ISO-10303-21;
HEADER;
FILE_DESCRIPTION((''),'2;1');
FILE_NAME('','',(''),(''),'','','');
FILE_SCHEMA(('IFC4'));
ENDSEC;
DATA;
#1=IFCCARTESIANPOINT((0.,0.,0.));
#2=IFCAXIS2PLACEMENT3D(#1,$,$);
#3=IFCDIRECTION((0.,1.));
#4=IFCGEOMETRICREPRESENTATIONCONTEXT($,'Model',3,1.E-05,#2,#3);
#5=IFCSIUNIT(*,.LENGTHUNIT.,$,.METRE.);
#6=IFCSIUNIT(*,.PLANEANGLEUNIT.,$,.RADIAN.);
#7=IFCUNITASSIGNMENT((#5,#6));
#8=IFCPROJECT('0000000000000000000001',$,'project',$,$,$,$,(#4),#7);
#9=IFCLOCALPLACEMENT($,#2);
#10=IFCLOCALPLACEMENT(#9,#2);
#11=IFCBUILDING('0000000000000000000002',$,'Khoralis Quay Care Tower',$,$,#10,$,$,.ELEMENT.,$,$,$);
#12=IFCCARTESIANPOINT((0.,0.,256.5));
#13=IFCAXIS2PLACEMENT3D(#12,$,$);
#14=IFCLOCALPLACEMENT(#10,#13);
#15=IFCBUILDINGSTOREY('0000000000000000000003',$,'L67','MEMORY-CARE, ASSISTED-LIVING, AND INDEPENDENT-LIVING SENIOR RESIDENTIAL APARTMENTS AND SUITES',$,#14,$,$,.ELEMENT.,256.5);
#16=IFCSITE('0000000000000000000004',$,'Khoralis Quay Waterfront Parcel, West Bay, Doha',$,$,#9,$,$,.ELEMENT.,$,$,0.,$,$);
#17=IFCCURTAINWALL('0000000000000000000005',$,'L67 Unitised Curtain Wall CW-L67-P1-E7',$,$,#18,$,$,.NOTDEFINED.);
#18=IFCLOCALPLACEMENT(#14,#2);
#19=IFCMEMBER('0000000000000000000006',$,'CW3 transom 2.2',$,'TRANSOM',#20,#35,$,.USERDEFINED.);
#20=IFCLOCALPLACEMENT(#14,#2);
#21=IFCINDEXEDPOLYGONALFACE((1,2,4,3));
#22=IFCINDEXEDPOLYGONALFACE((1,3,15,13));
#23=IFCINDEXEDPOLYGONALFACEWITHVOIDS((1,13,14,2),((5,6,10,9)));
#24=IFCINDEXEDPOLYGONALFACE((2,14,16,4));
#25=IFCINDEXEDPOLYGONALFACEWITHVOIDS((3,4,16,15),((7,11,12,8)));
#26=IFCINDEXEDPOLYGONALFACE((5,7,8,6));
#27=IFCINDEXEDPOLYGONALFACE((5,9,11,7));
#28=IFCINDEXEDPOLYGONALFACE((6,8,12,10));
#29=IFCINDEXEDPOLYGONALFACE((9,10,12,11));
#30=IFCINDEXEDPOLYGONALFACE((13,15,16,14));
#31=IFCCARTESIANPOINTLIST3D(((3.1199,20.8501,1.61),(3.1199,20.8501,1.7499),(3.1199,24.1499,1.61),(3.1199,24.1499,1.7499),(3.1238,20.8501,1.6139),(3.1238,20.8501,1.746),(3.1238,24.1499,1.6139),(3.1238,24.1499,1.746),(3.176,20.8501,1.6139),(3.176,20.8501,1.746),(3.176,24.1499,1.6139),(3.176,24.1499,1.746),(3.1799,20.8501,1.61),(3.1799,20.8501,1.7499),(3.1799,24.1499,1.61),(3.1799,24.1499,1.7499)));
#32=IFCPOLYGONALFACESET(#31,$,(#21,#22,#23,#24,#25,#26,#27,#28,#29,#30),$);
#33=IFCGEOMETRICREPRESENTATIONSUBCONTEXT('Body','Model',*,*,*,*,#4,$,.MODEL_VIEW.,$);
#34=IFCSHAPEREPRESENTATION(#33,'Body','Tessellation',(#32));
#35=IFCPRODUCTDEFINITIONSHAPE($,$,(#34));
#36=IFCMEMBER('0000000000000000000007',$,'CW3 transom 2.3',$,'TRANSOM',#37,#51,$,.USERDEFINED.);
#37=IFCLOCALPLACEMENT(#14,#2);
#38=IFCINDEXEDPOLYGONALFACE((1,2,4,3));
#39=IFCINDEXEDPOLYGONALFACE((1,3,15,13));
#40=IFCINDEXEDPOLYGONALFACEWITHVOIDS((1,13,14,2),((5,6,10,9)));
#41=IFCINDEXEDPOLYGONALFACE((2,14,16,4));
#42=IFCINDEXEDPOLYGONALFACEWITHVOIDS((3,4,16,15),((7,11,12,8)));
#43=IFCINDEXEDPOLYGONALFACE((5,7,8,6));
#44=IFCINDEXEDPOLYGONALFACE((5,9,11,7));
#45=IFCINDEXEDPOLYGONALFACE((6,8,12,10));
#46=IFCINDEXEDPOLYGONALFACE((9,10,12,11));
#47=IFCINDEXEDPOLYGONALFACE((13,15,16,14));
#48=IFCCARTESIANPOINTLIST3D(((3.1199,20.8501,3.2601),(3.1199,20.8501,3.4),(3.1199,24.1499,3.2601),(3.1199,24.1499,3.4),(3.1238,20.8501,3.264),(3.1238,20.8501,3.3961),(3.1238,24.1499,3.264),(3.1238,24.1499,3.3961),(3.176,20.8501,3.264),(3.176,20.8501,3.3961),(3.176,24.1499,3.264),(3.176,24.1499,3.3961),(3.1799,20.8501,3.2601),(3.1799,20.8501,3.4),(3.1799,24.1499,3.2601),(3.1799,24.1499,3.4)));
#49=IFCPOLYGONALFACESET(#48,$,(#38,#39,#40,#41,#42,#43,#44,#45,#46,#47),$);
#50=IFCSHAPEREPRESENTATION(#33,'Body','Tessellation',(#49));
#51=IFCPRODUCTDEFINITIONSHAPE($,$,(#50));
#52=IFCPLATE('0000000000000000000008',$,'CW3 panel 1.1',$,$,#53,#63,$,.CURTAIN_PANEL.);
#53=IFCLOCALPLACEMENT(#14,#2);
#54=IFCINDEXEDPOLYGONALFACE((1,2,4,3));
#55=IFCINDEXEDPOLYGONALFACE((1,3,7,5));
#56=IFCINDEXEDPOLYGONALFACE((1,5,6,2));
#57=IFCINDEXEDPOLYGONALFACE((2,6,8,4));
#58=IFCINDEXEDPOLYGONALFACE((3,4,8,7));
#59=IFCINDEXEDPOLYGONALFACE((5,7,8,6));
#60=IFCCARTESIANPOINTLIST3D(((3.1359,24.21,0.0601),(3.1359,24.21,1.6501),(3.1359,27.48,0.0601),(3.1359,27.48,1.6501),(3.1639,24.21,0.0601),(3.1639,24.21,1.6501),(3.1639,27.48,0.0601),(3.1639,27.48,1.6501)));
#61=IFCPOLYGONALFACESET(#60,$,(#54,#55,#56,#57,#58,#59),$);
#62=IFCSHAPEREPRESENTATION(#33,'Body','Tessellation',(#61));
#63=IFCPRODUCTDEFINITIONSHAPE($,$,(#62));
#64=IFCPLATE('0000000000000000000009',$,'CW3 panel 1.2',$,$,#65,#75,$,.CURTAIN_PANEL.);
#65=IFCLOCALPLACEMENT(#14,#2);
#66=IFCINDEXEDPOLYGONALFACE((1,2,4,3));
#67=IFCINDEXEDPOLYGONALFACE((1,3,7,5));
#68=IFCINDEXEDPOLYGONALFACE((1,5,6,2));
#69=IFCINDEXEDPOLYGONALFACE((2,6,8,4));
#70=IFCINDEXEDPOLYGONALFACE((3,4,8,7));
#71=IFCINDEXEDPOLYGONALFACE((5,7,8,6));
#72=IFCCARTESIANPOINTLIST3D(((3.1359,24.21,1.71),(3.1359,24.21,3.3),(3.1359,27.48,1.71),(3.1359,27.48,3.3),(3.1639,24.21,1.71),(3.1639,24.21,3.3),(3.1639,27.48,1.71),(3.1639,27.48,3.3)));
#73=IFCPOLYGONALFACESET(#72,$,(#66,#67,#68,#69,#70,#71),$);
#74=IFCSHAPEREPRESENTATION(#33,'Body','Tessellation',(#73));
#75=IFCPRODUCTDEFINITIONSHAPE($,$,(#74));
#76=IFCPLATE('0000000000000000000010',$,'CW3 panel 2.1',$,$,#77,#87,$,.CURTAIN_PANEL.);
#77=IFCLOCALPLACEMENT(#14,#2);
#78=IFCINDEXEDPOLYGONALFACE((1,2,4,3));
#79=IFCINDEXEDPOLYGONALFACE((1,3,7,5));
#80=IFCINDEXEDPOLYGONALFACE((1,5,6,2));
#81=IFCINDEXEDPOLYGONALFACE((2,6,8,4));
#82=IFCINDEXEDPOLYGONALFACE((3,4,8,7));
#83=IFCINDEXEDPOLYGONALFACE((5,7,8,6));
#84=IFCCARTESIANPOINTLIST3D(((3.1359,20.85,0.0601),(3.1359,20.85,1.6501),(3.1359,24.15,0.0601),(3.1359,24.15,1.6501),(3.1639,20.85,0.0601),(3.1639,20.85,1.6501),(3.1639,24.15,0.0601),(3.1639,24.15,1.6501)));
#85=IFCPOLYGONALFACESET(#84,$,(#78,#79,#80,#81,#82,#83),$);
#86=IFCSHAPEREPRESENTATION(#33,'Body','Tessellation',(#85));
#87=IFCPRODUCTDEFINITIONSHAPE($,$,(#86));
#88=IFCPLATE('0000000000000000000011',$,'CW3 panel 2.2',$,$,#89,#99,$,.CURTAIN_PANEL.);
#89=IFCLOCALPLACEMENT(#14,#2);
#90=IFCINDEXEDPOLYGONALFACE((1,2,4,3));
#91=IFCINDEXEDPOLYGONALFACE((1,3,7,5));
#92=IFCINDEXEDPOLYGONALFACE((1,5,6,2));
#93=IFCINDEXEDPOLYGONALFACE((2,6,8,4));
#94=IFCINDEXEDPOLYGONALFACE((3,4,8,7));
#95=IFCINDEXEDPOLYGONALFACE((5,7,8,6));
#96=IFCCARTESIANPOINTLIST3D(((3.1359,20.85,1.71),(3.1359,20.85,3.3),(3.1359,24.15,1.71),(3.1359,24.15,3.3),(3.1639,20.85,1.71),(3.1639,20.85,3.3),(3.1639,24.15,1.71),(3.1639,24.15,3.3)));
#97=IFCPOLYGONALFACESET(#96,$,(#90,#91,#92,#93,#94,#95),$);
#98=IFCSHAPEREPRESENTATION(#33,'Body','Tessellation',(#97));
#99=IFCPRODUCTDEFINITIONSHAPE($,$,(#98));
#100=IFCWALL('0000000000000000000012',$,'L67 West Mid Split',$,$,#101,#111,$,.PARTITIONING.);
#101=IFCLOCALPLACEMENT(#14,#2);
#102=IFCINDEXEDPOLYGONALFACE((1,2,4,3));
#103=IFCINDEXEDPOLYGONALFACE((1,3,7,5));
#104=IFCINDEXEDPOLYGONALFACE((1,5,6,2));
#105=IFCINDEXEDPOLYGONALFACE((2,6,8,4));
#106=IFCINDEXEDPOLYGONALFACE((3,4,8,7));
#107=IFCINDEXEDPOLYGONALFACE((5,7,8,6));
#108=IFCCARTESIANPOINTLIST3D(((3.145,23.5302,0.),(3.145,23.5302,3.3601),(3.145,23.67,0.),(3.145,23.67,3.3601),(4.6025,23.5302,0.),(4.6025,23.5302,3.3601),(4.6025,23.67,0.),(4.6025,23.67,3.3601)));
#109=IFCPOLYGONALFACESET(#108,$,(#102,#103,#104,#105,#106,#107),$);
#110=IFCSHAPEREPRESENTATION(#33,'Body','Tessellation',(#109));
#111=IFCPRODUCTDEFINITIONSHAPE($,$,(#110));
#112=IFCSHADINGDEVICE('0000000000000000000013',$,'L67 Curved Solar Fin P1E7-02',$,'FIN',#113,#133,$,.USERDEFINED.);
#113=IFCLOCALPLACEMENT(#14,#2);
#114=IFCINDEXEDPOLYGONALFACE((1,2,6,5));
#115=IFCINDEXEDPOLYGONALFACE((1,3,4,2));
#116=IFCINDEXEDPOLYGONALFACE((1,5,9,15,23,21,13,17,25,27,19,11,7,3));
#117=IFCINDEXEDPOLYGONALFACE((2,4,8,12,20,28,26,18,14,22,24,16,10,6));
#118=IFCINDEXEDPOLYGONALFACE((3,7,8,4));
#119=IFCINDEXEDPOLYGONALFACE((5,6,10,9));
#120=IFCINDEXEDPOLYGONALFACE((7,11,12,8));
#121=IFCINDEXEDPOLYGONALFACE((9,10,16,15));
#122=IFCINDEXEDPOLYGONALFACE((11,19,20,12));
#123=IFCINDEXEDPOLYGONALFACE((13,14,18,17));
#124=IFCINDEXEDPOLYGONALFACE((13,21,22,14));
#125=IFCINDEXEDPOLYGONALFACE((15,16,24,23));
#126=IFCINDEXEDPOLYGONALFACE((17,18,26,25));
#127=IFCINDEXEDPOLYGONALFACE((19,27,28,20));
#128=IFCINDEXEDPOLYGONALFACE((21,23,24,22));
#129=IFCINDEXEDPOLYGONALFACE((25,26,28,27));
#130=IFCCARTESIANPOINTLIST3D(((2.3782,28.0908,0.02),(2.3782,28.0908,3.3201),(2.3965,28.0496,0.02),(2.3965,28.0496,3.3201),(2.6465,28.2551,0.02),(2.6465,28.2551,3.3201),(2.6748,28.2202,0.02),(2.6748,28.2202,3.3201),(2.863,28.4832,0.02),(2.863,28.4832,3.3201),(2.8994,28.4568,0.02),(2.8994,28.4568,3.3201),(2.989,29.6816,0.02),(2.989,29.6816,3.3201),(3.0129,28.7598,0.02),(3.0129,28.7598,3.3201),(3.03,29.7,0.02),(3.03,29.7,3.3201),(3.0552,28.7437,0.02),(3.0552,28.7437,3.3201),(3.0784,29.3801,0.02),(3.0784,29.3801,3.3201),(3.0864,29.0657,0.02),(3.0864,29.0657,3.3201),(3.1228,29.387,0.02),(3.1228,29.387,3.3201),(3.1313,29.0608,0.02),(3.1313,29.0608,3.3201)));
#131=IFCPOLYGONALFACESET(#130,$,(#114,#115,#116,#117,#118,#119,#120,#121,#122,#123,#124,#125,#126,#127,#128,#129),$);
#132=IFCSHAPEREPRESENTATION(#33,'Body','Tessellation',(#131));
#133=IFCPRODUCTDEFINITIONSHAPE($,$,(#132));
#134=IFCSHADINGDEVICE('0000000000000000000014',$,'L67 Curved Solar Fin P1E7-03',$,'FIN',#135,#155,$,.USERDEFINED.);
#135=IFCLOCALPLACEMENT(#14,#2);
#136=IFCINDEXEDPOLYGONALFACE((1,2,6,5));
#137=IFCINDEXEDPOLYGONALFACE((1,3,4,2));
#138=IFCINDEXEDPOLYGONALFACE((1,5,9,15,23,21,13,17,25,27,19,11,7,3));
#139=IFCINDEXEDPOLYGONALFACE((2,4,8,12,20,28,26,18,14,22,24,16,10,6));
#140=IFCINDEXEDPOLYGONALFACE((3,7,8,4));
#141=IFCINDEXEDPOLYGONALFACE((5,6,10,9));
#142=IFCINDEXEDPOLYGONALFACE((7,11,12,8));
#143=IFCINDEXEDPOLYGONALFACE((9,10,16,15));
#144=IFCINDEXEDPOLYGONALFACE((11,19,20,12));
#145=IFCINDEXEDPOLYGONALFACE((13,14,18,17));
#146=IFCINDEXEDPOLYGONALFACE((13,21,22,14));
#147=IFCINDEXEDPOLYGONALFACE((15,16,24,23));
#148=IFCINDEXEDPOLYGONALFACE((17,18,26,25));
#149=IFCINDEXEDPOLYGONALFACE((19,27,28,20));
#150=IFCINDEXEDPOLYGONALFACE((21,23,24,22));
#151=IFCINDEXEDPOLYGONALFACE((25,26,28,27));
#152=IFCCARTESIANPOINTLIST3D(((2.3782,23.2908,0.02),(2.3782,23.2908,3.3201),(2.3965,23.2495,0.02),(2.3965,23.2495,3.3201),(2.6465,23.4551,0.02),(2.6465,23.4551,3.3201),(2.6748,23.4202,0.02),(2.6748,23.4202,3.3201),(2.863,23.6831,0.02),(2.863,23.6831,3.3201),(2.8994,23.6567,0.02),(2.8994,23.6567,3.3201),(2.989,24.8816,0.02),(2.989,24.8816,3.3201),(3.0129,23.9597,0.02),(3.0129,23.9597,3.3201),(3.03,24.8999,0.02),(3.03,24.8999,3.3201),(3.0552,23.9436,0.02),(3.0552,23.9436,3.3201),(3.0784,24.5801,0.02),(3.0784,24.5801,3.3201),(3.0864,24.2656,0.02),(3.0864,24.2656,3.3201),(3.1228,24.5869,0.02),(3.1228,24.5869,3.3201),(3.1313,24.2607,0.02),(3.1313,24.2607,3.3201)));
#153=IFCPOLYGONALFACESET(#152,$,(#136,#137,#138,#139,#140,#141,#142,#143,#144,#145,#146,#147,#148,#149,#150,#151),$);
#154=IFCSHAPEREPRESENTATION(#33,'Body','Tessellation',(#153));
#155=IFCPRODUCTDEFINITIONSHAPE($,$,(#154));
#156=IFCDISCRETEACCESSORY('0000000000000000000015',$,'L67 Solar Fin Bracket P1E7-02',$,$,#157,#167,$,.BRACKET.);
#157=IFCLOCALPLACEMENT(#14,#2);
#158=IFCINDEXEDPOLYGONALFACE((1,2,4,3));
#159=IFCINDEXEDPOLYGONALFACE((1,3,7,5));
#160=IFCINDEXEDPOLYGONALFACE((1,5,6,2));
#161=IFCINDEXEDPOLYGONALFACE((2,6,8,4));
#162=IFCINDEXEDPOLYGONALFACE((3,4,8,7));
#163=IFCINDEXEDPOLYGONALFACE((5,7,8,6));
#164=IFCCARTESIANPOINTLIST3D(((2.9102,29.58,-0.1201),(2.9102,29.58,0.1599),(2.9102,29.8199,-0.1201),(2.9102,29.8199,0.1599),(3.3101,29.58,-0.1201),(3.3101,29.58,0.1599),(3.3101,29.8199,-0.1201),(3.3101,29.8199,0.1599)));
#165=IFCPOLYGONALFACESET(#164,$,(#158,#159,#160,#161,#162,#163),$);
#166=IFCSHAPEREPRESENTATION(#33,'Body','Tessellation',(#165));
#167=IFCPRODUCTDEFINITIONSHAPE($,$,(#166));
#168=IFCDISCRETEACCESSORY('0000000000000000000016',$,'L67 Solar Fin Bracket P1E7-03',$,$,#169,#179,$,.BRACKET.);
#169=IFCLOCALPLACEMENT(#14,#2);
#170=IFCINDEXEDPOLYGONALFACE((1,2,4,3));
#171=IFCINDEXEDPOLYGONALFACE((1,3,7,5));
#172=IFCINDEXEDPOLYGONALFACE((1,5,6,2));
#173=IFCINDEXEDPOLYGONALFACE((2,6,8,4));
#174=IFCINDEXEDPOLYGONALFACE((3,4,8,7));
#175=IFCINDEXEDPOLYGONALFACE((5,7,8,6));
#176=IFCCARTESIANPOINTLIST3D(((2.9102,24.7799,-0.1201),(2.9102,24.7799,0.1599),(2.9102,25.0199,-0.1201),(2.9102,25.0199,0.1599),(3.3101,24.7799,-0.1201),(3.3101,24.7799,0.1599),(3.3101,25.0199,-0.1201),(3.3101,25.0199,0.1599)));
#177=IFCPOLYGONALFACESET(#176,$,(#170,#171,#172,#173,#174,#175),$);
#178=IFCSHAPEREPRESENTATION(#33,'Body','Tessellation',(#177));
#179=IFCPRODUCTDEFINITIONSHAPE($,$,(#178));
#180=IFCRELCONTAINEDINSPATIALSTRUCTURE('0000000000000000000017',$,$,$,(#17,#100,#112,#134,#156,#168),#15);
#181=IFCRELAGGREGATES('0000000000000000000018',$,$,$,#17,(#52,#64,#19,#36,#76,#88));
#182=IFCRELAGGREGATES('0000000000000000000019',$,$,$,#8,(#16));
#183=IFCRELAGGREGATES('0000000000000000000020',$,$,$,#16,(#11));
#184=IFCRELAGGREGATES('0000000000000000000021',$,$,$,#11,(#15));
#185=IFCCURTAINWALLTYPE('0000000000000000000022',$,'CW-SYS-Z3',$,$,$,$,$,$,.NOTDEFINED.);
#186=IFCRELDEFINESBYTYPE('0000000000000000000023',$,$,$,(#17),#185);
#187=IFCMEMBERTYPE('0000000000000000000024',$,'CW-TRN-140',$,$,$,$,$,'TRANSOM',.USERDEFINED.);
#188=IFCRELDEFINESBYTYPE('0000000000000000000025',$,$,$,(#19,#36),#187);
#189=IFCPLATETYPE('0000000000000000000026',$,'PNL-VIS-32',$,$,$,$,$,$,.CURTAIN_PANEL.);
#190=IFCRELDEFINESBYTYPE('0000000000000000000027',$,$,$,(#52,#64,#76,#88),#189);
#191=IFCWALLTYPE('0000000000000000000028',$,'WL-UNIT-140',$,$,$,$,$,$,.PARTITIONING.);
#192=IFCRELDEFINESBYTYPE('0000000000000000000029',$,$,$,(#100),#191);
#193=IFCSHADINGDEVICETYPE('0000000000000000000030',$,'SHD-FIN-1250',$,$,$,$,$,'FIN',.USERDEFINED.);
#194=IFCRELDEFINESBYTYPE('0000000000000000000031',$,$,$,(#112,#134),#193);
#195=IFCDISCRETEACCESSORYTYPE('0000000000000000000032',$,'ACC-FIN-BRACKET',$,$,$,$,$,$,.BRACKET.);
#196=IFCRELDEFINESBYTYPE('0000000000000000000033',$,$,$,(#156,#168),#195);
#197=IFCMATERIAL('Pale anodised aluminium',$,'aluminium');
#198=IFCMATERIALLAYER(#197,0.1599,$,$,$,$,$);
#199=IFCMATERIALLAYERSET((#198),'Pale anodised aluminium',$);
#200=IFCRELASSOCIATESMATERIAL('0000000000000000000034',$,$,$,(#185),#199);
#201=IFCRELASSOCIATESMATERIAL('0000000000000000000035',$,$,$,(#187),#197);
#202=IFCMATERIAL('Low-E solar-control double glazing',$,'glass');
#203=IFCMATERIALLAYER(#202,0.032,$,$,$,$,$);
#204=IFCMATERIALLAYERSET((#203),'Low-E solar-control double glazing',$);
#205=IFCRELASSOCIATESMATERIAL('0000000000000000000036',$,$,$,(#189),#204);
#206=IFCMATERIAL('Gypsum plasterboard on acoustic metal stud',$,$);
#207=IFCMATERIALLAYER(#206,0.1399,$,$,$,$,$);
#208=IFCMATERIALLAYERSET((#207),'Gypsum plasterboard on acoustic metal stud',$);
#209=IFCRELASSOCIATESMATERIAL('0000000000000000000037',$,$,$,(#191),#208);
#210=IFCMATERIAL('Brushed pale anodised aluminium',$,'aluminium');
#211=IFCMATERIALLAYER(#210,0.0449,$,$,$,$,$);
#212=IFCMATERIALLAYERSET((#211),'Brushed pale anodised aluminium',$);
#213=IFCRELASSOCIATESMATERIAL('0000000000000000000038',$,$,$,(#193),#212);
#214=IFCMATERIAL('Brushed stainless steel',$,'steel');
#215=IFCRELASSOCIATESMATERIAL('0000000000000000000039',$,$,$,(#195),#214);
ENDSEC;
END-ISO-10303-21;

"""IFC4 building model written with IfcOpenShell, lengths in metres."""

from ifc_helpers import new_model, si_unit, direction, frame, frame_2d, origin, origin_2d, place, context, subcontext, project, spatial, polyline, rectangle, hollow_rectangle, outline, extrude, source, transform, mapped, material, layer, layer_set, material_profile, profile_set, type_object, element, aggregate, save


model = new_model("IFC4")

# Units and contexts
model_context = context("Model", 3, precision=1e-05, world=origin(), true_north=direction((0.0, 1.0)))
body_context = subcontext(model_context, "Body", "Model", "MODEL_VIEW")
ifc_project = project(units=[si_unit("LENGTHUNIT", "METRE"), si_unit("PLANEANGLEUNIT", "RADIAN")], contexts=[model_context])

# Site, building, storey
site_placement = place(None, origin())
site = spatial("IfcSite", under=ifc_project, at=site_placement, Name="Khoralis Quay Waterfront Parcel, West Bay, Doha", CompositionType="ELEMENT", RefElevation=0.0)
building_placement = place(site_placement, origin())
building = spatial("IfcBuilding", under=site, at=building_placement, Name="Khoralis Quay Care Tower", CompositionType="ELEMENT")
storey_placement = place(building_placement, frame((0.0, 0.0, 256.5)))
storey = spatial("IfcBuildingStorey", under=building, at=storey_placement, Name="L67", Description="MEMORY-CARE, ASSISTED-LIVING, AND INDEPENDENT-LIVING SENIOR RESIDENTIAL APARTMENTS AND SUITES", CompositionType="ELEMENT", Elevation=256.5)

# Curtain wall, members, plates
ifc_material_1 = material(Name="Pale anodised aluminium", Category="aluminium")
ifc_layer_1 = layer(ifc_material_1, 0.1599)
ifc_layer_set_1 = layer_set([ifc_layer_1], Name="Pale anodised aluminium")
curtain_wall_type = type_object("IfcCurtainWallType", Name="CW-SYS-Z3", PredefinedType="NOTDEFINED", material=ifc_layer_set_1)
curtain_wall_placement = place(storey_placement, origin())
curtain_wall = element("IfcCurtainWall", 1, at=curtain_wall_placement, inside=storey, type_object=curtain_wall_type, Name="L67 Unitised Curtain Wall CW-L67-P1-E7", PredefinedType="NOTDEFINED")
ifc_material_profile_1 = material_profile(ifc_material_1, hollow_rectangle(XDim=0.0601, YDim=0.1399, WallThickness=0.0039, at=origin_2d()), Name="Pale anodised aluminium")
ifc_profile_set_1 = profile_set([ifc_material_profile_1], Name="Pale anodised aluminium")
member_type_1 = type_object("IfcMemberType", Name="CW-TRN-140", ElementType="TRANSOM", PredefinedType="USERDEFINED", material=ifc_profile_set_1)
shared_shape_1 = source(origin(), body_context, "Body", "SweptSolid", [
    extrude(hollow_rectangle(XDim=0.0601, YDim=0.1399, WallThickness=0.0039, at=origin_2d()), origin(), (0.0, 0.0, 1.0), 3.2998),
])
member_1_placement = place(storey_placement, frame((3.1499, 24.1499, 1.6799), z_axis=(0.0, -1.0, 0.0), x_axis=(1.0, 0.0, 0.0)))
member_1 = element("IfcMember", 2, at=member_1_placement, type_object=member_type_1, Name="CW3 transom 2.2", ObjectType="TRANSOM", PredefinedType="USERDEFINED", context=body_context, shape_type="MappedRepresentation", body=[
    mapped(shared_shape_1, transform((0.0, 0.0, 0.0), scale=1.0)),
])
member_2_placement = place(storey_placement, frame((3.1499, 24.1499, 3.3301), z_axis=(0.0, -1.0, 0.0), x_axis=(1.0, 0.0, 0.0)))
member_2 = element("IfcMember", 3, at=member_2_placement, type_object=member_type_1, Name="CW3 transom 2.3", ObjectType="TRANSOM", PredefinedType="USERDEFINED", context=body_context, shape_type="MappedRepresentation", body=[
    mapped(shared_shape_1, transform((0.0, 0.0, 0.0), scale=1.0)),
])
ifc_material_2 = material(Name="Low-E solar-control double glazing", Category="glass")
ifc_layer_2 = layer(ifc_material_2, 0.032)
ifc_layer_set_2 = layer_set([ifc_layer_2], Name="Low-E solar-control double glazing")
plate_type = type_object("IfcPlateType", Name="PNL-VIS-32", PredefinedType="CURTAIN_PANEL", material=ifc_layer_set_2)
shared_shape_2 = source(origin(), body_context, "Body", "SweptSolid", [
    extrude(rectangle(XDim=3.27, YDim=0.0281, at=origin_2d()), origin(), (0.0, 0.0, 1.0), 1.5901),
])
plate_1_placement = place(storey_placement, frame((3.1499, 25.845, 0.0601), z_axis=(0.0, 0.0, 1.0), x_axis=(0.0, -1.0, 0.0)))
plate_1 = element("IfcPlate", 4, at=plate_1_placement, type_object=plate_type, Name="CW3 panel 1.1", PredefinedType="CURTAIN_PANEL", context=body_context, shape_type="MappedRepresentation", body=[
    mapped(shared_shape_2, transform((0.0, 0.0, 0.0), scale=1.0)),
])
plate_2_placement = place(storey_placement, frame((3.1499, 25.845, 1.71), z_axis=(0.0, 0.0, 1.0), x_axis=(0.0, -1.0, 0.0)))
plate_2 = element("IfcPlate", 5, at=plate_2_placement, type_object=plate_type, Name="CW3 panel 1.2", PredefinedType="CURTAIN_PANEL", context=body_context, shape_type="MappedRepresentation", body=[
    mapped(shared_shape_2, transform((0.0, 0.0, 0.0), scale=1.0)),
])
shared_shape_3 = source(origin(), body_context, "Body", "SweptSolid", [
    extrude(rectangle(XDim=3.3, YDim=0.0281, at=origin_2d()), origin(), (0.0, 0.0, 1.0), 1.5901),
])
plate_3_placement = place(storey_placement, frame((3.1499, 22.5, 0.0601), z_axis=(0.0, 0.0, 1.0), x_axis=(0.0, -1.0, 0.0)))
plate_3 = element("IfcPlate", 6, at=plate_3_placement, type_object=plate_type, Name="CW3 panel 2.1", PredefinedType="CURTAIN_PANEL", context=body_context, shape_type="MappedRepresentation", body=[
    mapped(shared_shape_3, transform((0.0, 0.0, 0.0), scale=1.0)),
])
plate_4_placement = place(storey_placement, frame((3.1499, 22.5, 1.71), z_axis=(0.0, 0.0, 1.0), x_axis=(0.0, -1.0, 0.0)))
plate_4 = element("IfcPlate", 7, at=plate_4_placement, type_object=plate_type, Name="CW3 panel 2.2", PredefinedType="CURTAIN_PANEL", context=body_context, shape_type="MappedRepresentation", body=[
    mapped(shared_shape_3, transform((0.0, 0.0, 0.0), scale=1.0)),
])
aggregate(curtain_wall, [plate_1, plate_2, member_1, member_2, plate_3, plate_4])

# Wall
ifc_material_3 = material(Name="Gypsum plasterboard on acoustic metal stud")
ifc_layer_3 = layer(ifc_material_3, 0.1399)
ifc_layer_set_3 = layer_set([ifc_layer_3], Name="Gypsum plasterboard on acoustic metal stud")
wall_type = type_object("IfcWallType", Name="WL-UNIT-140", PredefinedType="PARTITIONING", material=ifc_layer_set_3)
wall_placement = place(storey_placement, frame((3.145, 23.6001, 0.0), z_axis=(0.0, 0.0, 1.0), x_axis=(1.0, 0.0, 0.0)))
element("IfcWall", 8, at=wall_placement, inside=storey, type_object=wall_type, Name="L67 West Mid Split", PredefinedType="PARTITIONING", context=body_context, shape_type="SweptSolid", body=[
    extrude(rectangle(XDim=1.4575, YDim=0.1399, at=frame_2d((0.7288, 0.0))), origin(), (0.0, 0.0, 1.0), 3.3601),
])

# Shading devices
ifc_material_4 = material(Name="Brushed pale anodised aluminium", Category="aluminium")
ifc_layer_4 = layer(ifc_material_4, 0.0449)
ifc_layer_set_4 = layer_set([ifc_layer_4], Name="Brushed pale anodised aluminium")
shading_device_type = type_object("IfcShadingDeviceType", Name="SHD-FIN-1250", ElementType="FIN", PredefinedType="USERDEFINED", material=ifc_layer_set_4)
shared_shape_4 = source(origin(), body_context, "Body", "SweptSolid", [
    extrude(outline(polyline([(0.0, 0.0), (-0.0928, 0.313), (-0.1013, 0.6392), (-0.0251, 0.9563), (0.1306, 1.2432), (0.3552, 1.4797), (0.6335, 1.6504), (0.6519, 1.6091), (0.3835, 1.4448), (0.167, 1.2168), (0.0171, 0.9402), (-0.0564, 0.6343), (-0.0483, 0.3198), (0.041, 0.0183), (0.0, 0.0)])), origin(), (0.0, 0.0, 1.0), 3.3),
])
for number, where, z_axis, x_axis, name in (
    (9, (3.03, 29.7, 0.02), (0.0, 0.0, 1.0), (-1.0, 0.0, 0.0), "L67 Curved Solar Fin P1E7-02"),
    (10, (3.03, 24.8999, 0.02), (0.0, 0.0, 1.0), (-1.0, 0.0, 0.0), "L67 Curved Solar Fin P1E7-03"),
):
    element("IfcShadingDevice", number, at=place(storey_placement, frame(where, z_axis=z_axis, x_axis=x_axis)), inside=storey, type_object=shading_device_type, Name=name, ObjectType="FIN", PredefinedType="USERDEFINED", context=body_context, shape_type="MappedRepresentation", body=[
        mapped(shared_shape_4, transform((0.0, 0.0, 0.0), scale=1.0)),
    ])

# Discrete accessories
ifc_material_5 = material(Name="Brushed stainless steel", Category="steel")
discrete_accessory_type = type_object("IfcDiscreteAccessoryType", Name="ACC-FIN-BRACKET", PredefinedType="BRACKET", material=ifc_material_5)
shared_shape_5 = source(origin(), body_context, "Body", "SweptSolid", [
    extrude(rectangle(XDim=0.3999, YDim=0.24, at=origin_2d()), origin(), (0.0, 0.0, 1.0), 0.28),
])
for number, where, z_axis, x_axis, name in (
    (11, (3.1101, 29.7, -0.1201), (0.0, 0.0, 1.0), (-1.0, 0.0, 0.0), "L67 Solar Fin Bracket P1E7-02"),
    (12, (3.1101, 24.8999, -0.1201), (0.0, 0.0, 1.0), (-1.0, 0.0, 0.0), "L67 Solar Fin Bracket P1E7-03"),
):
    element("IfcDiscreteAccessory", number, at=place(storey_placement, frame(where, z_axis=z_axis, x_axis=x_axis)), inside=storey, type_object=discrete_accessory_type, Name=name, PredefinedType="BRACKET", context=body_context, shape_type="MappedRepresentation", body=[
        mapped(shared_shape_5, transform((0.0, 0.0, 0.0), scale=1.0)),
    ])

save(model, "model.ifc")
